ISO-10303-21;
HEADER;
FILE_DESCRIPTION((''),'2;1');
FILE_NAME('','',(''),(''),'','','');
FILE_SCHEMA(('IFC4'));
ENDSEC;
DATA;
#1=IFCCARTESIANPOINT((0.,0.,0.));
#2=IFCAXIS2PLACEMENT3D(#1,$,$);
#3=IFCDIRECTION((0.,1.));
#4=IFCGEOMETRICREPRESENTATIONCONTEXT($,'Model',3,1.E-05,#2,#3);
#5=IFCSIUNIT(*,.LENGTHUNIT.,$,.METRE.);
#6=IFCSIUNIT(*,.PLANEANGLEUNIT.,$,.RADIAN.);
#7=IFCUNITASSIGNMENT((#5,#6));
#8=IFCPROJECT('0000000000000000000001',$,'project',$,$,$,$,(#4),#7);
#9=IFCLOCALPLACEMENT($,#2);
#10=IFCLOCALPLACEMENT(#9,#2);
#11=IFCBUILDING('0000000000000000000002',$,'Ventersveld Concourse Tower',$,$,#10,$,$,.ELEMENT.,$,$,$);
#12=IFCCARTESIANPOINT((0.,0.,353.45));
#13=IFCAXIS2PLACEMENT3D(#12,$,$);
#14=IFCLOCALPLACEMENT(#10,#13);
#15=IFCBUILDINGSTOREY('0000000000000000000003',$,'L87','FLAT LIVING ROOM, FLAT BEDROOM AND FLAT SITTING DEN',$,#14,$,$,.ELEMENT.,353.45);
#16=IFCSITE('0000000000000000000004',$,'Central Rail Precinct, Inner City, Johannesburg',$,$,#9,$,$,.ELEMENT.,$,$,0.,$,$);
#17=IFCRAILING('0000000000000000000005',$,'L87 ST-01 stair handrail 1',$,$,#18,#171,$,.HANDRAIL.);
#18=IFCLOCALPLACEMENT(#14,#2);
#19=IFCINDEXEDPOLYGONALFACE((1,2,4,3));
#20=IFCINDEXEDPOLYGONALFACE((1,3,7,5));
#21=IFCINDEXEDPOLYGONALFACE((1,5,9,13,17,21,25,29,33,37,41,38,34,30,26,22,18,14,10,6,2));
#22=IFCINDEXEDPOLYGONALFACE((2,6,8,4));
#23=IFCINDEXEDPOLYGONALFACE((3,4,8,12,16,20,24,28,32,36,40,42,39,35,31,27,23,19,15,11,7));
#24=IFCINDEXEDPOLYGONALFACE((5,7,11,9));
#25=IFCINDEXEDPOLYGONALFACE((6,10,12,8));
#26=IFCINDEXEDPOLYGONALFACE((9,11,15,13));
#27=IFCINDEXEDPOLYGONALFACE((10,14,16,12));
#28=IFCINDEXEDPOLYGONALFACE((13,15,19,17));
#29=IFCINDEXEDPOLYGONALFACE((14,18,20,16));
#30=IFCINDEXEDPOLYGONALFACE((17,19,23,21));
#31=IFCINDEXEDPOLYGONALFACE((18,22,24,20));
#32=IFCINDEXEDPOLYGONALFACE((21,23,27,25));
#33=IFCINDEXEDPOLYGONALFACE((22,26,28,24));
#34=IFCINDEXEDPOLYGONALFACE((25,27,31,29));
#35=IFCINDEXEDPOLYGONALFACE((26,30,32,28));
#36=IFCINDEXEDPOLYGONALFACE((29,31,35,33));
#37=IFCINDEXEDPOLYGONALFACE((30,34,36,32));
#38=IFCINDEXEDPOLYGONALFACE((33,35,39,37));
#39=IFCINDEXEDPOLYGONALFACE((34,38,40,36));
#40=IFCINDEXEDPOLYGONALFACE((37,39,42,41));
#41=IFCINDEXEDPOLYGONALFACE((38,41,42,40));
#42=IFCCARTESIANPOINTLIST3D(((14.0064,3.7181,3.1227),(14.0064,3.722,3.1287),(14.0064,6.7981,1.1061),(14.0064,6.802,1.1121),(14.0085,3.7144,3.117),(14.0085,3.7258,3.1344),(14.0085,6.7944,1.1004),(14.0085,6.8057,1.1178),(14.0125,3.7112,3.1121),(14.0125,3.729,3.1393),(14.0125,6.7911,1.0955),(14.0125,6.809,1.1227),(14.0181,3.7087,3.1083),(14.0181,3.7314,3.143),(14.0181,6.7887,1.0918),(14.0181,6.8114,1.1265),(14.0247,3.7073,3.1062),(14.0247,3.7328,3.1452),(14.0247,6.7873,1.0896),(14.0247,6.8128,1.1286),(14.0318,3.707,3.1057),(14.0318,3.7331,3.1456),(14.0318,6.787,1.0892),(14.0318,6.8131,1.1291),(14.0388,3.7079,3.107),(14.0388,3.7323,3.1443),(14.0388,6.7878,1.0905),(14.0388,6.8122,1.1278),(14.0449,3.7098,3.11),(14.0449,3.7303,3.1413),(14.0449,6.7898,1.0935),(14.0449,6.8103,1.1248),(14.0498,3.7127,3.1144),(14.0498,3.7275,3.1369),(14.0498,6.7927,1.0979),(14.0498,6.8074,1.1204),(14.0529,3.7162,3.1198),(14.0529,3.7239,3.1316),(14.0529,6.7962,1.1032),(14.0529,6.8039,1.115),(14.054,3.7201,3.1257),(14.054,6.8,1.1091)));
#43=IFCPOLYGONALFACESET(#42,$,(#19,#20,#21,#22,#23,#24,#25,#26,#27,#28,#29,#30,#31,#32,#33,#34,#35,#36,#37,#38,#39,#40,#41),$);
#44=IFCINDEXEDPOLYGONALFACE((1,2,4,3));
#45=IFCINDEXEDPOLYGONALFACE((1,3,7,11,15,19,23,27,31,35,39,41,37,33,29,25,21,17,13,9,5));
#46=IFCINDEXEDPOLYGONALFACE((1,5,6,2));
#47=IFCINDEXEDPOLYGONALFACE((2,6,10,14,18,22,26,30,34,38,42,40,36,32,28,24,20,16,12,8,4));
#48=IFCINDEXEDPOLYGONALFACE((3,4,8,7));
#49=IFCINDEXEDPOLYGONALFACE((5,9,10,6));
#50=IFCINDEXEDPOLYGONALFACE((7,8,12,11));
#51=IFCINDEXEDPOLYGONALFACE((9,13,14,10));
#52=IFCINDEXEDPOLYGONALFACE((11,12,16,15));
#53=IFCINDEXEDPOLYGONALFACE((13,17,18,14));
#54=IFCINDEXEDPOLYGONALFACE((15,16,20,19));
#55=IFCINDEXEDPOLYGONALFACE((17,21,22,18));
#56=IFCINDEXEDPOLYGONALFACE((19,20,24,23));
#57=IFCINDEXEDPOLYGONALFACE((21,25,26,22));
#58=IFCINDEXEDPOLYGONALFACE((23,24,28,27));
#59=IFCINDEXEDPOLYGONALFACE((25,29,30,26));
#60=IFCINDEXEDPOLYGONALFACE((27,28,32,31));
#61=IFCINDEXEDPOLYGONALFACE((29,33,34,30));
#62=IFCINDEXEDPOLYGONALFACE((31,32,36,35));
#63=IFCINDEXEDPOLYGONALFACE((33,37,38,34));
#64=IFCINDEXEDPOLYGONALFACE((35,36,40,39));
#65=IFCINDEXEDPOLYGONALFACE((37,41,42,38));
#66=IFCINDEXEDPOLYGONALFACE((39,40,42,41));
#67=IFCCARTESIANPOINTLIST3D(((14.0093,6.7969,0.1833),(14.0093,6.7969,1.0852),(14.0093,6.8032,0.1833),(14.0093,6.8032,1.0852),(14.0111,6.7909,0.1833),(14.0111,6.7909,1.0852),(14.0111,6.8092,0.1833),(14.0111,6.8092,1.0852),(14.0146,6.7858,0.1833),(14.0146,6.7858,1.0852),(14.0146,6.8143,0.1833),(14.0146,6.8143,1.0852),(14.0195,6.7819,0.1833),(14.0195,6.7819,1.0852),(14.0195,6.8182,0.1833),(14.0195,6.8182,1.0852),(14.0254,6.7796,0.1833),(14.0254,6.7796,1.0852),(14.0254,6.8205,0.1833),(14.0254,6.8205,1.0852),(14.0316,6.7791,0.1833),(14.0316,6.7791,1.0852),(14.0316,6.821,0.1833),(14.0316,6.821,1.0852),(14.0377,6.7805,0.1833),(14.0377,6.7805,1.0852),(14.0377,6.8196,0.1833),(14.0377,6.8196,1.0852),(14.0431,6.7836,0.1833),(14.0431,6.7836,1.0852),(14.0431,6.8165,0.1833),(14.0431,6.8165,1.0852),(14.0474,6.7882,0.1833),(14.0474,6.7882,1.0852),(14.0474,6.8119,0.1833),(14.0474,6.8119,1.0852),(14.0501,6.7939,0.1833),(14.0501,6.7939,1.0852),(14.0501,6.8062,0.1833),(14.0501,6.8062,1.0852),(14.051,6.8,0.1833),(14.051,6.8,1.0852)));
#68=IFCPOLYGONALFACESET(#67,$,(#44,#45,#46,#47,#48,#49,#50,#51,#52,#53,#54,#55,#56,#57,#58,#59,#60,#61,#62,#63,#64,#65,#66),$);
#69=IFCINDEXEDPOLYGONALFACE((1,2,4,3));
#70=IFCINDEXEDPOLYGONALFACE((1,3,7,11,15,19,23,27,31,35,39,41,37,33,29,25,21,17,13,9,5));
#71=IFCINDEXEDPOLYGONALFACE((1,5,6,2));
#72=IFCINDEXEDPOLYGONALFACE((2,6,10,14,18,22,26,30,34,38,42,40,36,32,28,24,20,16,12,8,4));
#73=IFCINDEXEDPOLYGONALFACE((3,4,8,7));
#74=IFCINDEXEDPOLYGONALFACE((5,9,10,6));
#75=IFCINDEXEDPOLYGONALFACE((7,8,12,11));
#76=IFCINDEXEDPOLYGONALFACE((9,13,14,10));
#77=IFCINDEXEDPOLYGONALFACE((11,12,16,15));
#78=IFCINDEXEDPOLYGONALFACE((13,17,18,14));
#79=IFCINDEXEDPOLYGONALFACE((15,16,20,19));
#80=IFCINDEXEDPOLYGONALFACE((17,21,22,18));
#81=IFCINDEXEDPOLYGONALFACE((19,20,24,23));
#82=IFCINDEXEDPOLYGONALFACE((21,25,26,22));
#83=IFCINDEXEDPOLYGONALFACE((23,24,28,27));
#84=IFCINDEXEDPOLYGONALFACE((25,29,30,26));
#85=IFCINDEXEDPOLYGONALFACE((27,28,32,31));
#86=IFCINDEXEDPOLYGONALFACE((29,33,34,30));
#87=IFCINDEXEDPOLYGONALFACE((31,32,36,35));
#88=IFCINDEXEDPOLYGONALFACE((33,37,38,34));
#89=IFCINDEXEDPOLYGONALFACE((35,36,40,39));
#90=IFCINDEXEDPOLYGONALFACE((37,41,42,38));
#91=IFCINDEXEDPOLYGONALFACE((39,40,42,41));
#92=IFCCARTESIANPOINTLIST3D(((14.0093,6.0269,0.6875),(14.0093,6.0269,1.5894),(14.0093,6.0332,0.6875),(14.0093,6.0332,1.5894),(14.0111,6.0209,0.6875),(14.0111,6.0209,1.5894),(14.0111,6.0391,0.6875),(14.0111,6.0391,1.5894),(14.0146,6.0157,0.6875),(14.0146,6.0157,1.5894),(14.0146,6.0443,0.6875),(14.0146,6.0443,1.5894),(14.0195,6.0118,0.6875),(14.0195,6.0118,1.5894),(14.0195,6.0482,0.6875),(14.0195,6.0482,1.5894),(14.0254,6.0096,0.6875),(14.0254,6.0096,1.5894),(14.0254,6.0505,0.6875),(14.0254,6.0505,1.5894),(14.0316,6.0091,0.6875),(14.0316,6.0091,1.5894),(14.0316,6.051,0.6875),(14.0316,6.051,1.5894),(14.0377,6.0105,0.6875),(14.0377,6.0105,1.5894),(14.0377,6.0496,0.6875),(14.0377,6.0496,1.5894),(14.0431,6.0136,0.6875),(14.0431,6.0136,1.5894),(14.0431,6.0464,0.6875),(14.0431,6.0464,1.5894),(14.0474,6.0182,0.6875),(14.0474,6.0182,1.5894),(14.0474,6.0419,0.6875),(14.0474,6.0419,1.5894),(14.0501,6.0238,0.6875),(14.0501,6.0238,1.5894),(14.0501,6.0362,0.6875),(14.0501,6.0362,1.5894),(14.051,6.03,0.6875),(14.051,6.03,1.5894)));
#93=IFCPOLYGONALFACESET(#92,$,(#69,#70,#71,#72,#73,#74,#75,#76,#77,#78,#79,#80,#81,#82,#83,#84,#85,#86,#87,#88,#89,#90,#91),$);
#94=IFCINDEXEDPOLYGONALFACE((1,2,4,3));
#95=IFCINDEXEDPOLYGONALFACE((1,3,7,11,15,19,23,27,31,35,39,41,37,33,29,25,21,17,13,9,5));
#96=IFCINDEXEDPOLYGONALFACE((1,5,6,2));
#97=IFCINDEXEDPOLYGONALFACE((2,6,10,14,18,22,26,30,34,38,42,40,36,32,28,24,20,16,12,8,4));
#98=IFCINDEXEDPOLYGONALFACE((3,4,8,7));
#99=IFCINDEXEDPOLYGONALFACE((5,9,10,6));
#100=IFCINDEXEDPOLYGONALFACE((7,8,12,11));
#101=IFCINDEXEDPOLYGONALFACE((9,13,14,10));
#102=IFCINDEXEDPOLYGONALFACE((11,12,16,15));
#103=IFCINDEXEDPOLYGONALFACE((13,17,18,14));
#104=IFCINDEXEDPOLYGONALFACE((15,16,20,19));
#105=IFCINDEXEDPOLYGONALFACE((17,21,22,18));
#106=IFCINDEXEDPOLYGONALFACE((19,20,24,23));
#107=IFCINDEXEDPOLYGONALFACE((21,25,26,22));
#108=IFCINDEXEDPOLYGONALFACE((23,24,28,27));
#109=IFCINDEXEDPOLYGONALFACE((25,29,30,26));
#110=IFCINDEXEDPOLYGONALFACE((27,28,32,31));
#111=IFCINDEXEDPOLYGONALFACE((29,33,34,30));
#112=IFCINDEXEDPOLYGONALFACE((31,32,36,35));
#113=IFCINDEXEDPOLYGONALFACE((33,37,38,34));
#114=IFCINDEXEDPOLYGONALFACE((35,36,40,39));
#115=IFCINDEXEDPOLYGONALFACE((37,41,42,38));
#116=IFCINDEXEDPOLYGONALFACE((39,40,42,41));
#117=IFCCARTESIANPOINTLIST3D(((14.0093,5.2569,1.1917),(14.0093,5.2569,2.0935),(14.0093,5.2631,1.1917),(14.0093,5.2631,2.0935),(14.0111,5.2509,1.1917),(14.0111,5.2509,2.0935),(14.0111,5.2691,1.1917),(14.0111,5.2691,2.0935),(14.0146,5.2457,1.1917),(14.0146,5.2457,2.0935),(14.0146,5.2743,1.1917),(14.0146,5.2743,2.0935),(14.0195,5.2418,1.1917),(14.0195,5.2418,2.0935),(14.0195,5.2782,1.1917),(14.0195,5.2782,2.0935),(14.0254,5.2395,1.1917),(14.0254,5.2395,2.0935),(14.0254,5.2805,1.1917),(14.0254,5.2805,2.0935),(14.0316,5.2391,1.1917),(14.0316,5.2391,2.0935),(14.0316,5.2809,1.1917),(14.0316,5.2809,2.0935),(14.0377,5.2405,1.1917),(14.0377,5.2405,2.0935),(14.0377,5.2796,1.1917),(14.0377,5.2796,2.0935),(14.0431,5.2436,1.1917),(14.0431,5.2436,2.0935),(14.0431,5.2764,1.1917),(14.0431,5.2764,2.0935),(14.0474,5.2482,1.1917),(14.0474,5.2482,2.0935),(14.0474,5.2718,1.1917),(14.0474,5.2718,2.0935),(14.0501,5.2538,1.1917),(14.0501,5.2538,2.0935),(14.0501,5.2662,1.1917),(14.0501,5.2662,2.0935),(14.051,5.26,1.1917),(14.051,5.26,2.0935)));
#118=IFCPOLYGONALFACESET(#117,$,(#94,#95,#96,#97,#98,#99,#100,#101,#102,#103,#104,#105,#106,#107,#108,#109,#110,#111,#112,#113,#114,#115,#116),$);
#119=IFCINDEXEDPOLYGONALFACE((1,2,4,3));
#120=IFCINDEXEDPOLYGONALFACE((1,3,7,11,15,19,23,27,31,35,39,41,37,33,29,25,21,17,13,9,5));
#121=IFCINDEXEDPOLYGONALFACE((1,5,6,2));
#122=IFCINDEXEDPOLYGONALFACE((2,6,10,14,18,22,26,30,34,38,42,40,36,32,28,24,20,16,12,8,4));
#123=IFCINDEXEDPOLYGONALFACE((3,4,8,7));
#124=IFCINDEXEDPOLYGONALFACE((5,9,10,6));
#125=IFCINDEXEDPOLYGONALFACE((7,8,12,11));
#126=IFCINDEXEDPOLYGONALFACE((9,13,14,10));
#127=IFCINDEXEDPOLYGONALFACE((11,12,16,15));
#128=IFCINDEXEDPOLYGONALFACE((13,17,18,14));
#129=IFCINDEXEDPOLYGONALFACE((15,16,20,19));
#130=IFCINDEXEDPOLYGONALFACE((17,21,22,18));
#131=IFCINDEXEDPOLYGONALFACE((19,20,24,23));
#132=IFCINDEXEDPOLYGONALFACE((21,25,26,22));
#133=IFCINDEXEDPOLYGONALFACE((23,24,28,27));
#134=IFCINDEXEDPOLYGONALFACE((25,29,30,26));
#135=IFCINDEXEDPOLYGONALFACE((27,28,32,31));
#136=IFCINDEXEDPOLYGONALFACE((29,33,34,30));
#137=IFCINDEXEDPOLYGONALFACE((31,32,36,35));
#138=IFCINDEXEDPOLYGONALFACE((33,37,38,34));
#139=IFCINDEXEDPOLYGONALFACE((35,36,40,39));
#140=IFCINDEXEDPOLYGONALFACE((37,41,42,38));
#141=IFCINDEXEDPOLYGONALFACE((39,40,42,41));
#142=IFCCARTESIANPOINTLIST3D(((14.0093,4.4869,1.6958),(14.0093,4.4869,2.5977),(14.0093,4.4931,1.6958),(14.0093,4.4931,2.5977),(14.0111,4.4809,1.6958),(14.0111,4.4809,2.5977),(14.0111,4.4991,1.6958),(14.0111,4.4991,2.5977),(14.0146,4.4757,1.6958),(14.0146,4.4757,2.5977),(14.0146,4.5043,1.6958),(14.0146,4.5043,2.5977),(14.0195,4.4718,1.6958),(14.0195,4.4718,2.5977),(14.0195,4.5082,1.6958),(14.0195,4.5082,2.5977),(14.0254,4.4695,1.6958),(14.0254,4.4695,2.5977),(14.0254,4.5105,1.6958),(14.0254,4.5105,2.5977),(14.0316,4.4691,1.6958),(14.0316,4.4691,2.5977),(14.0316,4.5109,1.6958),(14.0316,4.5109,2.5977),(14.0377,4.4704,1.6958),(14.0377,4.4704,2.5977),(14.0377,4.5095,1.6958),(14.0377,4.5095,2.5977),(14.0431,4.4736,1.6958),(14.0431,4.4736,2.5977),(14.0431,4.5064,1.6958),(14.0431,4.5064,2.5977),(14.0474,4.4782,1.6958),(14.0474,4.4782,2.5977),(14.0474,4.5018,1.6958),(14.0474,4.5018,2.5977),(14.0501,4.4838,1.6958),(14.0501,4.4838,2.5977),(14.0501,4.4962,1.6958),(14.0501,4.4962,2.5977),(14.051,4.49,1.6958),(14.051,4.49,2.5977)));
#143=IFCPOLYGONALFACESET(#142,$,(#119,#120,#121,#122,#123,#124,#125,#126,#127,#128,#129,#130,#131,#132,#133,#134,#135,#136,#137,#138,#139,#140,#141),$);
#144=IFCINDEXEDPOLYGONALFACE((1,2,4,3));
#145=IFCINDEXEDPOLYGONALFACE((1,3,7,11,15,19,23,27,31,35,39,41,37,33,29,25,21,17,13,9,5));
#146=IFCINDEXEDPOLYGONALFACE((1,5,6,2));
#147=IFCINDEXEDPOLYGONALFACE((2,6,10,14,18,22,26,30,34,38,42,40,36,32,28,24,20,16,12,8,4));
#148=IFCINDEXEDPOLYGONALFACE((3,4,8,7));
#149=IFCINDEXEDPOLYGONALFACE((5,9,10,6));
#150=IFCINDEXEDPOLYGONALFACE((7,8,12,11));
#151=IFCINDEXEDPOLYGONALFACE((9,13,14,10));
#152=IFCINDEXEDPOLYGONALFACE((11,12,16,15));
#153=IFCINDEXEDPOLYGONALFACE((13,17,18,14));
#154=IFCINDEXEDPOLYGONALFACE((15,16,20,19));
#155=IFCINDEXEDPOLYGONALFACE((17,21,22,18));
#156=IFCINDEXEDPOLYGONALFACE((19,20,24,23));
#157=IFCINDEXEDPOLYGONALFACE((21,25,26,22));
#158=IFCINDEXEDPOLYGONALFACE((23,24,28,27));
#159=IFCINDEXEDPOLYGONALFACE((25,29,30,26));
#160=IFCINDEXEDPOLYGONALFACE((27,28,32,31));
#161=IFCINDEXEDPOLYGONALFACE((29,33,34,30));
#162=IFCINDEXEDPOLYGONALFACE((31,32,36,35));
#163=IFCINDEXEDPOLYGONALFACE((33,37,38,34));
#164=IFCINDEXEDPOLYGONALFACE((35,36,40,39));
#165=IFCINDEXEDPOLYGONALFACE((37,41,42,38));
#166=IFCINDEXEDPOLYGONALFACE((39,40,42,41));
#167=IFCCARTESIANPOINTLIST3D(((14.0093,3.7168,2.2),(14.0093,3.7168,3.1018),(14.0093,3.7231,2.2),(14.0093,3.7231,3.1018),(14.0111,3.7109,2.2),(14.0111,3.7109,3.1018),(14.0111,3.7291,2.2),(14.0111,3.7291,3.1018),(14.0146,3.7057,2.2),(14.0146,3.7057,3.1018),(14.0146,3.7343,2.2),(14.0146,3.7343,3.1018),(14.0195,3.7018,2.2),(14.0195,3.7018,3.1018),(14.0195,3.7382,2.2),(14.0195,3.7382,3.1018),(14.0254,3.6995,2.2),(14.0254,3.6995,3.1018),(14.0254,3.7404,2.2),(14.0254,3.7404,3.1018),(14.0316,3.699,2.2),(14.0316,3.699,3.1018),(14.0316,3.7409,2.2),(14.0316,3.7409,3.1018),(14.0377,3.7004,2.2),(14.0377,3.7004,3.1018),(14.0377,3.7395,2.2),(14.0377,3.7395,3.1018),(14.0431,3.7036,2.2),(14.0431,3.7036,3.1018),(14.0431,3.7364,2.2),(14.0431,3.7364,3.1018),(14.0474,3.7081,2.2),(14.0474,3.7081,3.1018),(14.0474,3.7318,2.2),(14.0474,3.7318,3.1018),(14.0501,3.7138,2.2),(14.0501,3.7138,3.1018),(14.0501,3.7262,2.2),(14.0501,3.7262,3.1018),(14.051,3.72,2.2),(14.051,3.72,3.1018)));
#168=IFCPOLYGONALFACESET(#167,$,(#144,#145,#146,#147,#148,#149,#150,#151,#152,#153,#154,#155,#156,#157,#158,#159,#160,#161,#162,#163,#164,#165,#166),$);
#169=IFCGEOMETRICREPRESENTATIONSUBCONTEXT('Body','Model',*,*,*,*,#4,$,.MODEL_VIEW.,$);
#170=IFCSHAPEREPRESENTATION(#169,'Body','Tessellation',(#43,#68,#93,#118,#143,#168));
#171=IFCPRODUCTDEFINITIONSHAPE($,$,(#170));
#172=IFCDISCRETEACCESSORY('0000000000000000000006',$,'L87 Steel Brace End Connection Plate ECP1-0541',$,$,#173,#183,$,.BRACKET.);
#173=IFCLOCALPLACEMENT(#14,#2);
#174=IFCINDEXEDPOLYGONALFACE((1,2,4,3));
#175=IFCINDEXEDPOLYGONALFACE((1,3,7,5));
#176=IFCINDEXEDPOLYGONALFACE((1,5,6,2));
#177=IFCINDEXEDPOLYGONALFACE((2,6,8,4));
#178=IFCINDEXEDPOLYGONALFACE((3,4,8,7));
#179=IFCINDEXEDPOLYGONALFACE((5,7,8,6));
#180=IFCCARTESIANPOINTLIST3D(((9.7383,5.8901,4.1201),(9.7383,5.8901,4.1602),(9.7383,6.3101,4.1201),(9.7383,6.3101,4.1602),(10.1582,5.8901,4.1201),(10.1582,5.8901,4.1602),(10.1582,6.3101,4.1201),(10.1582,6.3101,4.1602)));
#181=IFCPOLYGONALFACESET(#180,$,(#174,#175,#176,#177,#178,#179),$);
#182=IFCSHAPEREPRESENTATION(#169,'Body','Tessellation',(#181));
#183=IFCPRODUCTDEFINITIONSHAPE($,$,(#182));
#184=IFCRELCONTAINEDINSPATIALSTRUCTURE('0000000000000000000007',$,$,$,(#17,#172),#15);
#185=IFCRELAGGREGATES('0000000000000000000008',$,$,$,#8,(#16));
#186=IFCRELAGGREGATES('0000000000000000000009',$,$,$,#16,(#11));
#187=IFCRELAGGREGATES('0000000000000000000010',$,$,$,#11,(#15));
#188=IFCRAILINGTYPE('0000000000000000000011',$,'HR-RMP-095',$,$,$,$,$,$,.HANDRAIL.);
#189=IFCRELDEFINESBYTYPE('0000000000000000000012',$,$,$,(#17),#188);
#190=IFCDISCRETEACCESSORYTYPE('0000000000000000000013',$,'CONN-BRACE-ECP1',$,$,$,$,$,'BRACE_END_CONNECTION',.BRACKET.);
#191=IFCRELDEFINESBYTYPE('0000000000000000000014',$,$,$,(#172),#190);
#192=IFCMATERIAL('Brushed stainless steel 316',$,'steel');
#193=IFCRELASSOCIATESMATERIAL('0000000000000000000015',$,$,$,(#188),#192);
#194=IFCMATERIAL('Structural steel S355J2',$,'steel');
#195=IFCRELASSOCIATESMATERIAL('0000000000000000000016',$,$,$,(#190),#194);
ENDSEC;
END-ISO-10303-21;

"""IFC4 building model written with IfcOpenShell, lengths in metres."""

from ifc_helpers import new_model, si_unit, direction, frame, origin, origin_2d, place, context, subcontext, project, spatial, rectangle, circle, extrude, material, type_object, element, save


model = new_model("IFC4")

# Units and contexts
model_context = context("Model", 3, precision=1e-05, world=origin(), true_north=direction((0.0, 1.0)))
body_context = subcontext(model_context, "Body", "Model", "MODEL_VIEW")
ifc_project = project(units=[si_unit("LENGTHUNIT", "METRE"), si_unit("PLANEANGLEUNIT", "RADIAN")], contexts=[model_context])

# Site, building, storey
site_placement = place(None, origin())
site = spatial("IfcSite", under=ifc_project, at=site_placement, Name="Central Rail Precinct, Inner City, Johannesburg", CompositionType="ELEMENT", RefElevation=0.0)
building_placement = place(site_placement, origin())
building = spatial("IfcBuilding", under=site, at=building_placement, Name="Ventersveld Concourse Tower", CompositionType="ELEMENT")
storey_placement = place(building_placement, frame((0.0, 0.0, 353.45)))
storey = spatial("IfcBuildingStorey", under=building, at=storey_placement, Name="L87", Description="FLAT LIVING ROOM, FLAT BEDROOM AND FLAT SITTING DEN", CompositionType="ELEMENT", Elevation=353.45)

# Shared definitions
ifc_material_1 = material(Name="Structural steel S355J2", Category="steel")

# Railing
ifc_material_2 = material(Name="Brushed stainless steel 316", Category="steel")
railing_type_1 = type_object("IfcRailingType", Name="HR-RMP-095", PredefinedType="HANDRAIL", material=ifc_material_2)
railing_1_placement = place(storey_placement, frame((14.03, 6.8, 0.1833)))
element("IfcRailing", 1, at=railing_1_placement, inside=storey, type_object=railing_type_1, Name="L87 ST-01 stair handrail 1", PredefinedType="HANDRAIL", context=body_context, shape_type="SweptSolid", body=[
    extrude(circle(Radius=0.0239, at=origin_2d()), frame((0.0, 0.0, 0.9258), z_axis=(0.0, -0.836633, 0.547764), x_axis=(1.0, 0.0, 0.0)), (0.0, 0.0, 1.0), 3.6814),
    extrude(circle(Radius=0.021, at=origin_2d()), origin(), (0.0, 0.0, 1.0), 0.9019),
    extrude(circle(Radius=0.021, at=origin_2d()), frame((0.0, -0.77, 0.5042)), (0.0, 0.0, 1.0), 0.9019),
    extrude(circle(Radius=0.021, at=origin_2d()), frame((0.0, -1.54, 1.0083)), (0.0, 0.0, 1.0), 0.9019),
    extrude(circle(Radius=0.021, at=origin_2d()), frame((0.0, -2.3101, 1.5125)), (0.0, 0.0, 1.0), 0.9019),
    extrude(circle(Radius=0.021, at=origin_2d()), frame((0.0, -3.0801, 2.0166)), (0.0, 0.0, 1.0), 0.9019),
])

# Discrete accessory
discrete_accessory_type = type_object("IfcDiscreteAccessoryType", Name="CONN-BRACE-ECP1", ElementType="BRACE_END_CONNECTION", PredefinedType="BRACKET", material=ifc_material_1)
discrete_accessory_placement = place(storey_placement, frame((9.9482, 6.1001, 4.1201), z_axis=(0.0, 0.0, 1.0), x_axis=(1.0, 0.0, 0.0)))
element("IfcDiscreteAccessory", 2, at=discrete_accessory_placement, inside=storey, type_object=discrete_accessory_type, Name="L87 Steel Brace End Connection Plate ECP1-0541", PredefinedType="BRACKET", context=body_context, shape_type="SweptSolid", body=[
    extrude(rectangle(XDim=0.4199, YDim=0.4199, at=origin_2d()), origin(), (0.0, 0.0, 1.0), 0.04),
])

save(model, "model.ifc")
